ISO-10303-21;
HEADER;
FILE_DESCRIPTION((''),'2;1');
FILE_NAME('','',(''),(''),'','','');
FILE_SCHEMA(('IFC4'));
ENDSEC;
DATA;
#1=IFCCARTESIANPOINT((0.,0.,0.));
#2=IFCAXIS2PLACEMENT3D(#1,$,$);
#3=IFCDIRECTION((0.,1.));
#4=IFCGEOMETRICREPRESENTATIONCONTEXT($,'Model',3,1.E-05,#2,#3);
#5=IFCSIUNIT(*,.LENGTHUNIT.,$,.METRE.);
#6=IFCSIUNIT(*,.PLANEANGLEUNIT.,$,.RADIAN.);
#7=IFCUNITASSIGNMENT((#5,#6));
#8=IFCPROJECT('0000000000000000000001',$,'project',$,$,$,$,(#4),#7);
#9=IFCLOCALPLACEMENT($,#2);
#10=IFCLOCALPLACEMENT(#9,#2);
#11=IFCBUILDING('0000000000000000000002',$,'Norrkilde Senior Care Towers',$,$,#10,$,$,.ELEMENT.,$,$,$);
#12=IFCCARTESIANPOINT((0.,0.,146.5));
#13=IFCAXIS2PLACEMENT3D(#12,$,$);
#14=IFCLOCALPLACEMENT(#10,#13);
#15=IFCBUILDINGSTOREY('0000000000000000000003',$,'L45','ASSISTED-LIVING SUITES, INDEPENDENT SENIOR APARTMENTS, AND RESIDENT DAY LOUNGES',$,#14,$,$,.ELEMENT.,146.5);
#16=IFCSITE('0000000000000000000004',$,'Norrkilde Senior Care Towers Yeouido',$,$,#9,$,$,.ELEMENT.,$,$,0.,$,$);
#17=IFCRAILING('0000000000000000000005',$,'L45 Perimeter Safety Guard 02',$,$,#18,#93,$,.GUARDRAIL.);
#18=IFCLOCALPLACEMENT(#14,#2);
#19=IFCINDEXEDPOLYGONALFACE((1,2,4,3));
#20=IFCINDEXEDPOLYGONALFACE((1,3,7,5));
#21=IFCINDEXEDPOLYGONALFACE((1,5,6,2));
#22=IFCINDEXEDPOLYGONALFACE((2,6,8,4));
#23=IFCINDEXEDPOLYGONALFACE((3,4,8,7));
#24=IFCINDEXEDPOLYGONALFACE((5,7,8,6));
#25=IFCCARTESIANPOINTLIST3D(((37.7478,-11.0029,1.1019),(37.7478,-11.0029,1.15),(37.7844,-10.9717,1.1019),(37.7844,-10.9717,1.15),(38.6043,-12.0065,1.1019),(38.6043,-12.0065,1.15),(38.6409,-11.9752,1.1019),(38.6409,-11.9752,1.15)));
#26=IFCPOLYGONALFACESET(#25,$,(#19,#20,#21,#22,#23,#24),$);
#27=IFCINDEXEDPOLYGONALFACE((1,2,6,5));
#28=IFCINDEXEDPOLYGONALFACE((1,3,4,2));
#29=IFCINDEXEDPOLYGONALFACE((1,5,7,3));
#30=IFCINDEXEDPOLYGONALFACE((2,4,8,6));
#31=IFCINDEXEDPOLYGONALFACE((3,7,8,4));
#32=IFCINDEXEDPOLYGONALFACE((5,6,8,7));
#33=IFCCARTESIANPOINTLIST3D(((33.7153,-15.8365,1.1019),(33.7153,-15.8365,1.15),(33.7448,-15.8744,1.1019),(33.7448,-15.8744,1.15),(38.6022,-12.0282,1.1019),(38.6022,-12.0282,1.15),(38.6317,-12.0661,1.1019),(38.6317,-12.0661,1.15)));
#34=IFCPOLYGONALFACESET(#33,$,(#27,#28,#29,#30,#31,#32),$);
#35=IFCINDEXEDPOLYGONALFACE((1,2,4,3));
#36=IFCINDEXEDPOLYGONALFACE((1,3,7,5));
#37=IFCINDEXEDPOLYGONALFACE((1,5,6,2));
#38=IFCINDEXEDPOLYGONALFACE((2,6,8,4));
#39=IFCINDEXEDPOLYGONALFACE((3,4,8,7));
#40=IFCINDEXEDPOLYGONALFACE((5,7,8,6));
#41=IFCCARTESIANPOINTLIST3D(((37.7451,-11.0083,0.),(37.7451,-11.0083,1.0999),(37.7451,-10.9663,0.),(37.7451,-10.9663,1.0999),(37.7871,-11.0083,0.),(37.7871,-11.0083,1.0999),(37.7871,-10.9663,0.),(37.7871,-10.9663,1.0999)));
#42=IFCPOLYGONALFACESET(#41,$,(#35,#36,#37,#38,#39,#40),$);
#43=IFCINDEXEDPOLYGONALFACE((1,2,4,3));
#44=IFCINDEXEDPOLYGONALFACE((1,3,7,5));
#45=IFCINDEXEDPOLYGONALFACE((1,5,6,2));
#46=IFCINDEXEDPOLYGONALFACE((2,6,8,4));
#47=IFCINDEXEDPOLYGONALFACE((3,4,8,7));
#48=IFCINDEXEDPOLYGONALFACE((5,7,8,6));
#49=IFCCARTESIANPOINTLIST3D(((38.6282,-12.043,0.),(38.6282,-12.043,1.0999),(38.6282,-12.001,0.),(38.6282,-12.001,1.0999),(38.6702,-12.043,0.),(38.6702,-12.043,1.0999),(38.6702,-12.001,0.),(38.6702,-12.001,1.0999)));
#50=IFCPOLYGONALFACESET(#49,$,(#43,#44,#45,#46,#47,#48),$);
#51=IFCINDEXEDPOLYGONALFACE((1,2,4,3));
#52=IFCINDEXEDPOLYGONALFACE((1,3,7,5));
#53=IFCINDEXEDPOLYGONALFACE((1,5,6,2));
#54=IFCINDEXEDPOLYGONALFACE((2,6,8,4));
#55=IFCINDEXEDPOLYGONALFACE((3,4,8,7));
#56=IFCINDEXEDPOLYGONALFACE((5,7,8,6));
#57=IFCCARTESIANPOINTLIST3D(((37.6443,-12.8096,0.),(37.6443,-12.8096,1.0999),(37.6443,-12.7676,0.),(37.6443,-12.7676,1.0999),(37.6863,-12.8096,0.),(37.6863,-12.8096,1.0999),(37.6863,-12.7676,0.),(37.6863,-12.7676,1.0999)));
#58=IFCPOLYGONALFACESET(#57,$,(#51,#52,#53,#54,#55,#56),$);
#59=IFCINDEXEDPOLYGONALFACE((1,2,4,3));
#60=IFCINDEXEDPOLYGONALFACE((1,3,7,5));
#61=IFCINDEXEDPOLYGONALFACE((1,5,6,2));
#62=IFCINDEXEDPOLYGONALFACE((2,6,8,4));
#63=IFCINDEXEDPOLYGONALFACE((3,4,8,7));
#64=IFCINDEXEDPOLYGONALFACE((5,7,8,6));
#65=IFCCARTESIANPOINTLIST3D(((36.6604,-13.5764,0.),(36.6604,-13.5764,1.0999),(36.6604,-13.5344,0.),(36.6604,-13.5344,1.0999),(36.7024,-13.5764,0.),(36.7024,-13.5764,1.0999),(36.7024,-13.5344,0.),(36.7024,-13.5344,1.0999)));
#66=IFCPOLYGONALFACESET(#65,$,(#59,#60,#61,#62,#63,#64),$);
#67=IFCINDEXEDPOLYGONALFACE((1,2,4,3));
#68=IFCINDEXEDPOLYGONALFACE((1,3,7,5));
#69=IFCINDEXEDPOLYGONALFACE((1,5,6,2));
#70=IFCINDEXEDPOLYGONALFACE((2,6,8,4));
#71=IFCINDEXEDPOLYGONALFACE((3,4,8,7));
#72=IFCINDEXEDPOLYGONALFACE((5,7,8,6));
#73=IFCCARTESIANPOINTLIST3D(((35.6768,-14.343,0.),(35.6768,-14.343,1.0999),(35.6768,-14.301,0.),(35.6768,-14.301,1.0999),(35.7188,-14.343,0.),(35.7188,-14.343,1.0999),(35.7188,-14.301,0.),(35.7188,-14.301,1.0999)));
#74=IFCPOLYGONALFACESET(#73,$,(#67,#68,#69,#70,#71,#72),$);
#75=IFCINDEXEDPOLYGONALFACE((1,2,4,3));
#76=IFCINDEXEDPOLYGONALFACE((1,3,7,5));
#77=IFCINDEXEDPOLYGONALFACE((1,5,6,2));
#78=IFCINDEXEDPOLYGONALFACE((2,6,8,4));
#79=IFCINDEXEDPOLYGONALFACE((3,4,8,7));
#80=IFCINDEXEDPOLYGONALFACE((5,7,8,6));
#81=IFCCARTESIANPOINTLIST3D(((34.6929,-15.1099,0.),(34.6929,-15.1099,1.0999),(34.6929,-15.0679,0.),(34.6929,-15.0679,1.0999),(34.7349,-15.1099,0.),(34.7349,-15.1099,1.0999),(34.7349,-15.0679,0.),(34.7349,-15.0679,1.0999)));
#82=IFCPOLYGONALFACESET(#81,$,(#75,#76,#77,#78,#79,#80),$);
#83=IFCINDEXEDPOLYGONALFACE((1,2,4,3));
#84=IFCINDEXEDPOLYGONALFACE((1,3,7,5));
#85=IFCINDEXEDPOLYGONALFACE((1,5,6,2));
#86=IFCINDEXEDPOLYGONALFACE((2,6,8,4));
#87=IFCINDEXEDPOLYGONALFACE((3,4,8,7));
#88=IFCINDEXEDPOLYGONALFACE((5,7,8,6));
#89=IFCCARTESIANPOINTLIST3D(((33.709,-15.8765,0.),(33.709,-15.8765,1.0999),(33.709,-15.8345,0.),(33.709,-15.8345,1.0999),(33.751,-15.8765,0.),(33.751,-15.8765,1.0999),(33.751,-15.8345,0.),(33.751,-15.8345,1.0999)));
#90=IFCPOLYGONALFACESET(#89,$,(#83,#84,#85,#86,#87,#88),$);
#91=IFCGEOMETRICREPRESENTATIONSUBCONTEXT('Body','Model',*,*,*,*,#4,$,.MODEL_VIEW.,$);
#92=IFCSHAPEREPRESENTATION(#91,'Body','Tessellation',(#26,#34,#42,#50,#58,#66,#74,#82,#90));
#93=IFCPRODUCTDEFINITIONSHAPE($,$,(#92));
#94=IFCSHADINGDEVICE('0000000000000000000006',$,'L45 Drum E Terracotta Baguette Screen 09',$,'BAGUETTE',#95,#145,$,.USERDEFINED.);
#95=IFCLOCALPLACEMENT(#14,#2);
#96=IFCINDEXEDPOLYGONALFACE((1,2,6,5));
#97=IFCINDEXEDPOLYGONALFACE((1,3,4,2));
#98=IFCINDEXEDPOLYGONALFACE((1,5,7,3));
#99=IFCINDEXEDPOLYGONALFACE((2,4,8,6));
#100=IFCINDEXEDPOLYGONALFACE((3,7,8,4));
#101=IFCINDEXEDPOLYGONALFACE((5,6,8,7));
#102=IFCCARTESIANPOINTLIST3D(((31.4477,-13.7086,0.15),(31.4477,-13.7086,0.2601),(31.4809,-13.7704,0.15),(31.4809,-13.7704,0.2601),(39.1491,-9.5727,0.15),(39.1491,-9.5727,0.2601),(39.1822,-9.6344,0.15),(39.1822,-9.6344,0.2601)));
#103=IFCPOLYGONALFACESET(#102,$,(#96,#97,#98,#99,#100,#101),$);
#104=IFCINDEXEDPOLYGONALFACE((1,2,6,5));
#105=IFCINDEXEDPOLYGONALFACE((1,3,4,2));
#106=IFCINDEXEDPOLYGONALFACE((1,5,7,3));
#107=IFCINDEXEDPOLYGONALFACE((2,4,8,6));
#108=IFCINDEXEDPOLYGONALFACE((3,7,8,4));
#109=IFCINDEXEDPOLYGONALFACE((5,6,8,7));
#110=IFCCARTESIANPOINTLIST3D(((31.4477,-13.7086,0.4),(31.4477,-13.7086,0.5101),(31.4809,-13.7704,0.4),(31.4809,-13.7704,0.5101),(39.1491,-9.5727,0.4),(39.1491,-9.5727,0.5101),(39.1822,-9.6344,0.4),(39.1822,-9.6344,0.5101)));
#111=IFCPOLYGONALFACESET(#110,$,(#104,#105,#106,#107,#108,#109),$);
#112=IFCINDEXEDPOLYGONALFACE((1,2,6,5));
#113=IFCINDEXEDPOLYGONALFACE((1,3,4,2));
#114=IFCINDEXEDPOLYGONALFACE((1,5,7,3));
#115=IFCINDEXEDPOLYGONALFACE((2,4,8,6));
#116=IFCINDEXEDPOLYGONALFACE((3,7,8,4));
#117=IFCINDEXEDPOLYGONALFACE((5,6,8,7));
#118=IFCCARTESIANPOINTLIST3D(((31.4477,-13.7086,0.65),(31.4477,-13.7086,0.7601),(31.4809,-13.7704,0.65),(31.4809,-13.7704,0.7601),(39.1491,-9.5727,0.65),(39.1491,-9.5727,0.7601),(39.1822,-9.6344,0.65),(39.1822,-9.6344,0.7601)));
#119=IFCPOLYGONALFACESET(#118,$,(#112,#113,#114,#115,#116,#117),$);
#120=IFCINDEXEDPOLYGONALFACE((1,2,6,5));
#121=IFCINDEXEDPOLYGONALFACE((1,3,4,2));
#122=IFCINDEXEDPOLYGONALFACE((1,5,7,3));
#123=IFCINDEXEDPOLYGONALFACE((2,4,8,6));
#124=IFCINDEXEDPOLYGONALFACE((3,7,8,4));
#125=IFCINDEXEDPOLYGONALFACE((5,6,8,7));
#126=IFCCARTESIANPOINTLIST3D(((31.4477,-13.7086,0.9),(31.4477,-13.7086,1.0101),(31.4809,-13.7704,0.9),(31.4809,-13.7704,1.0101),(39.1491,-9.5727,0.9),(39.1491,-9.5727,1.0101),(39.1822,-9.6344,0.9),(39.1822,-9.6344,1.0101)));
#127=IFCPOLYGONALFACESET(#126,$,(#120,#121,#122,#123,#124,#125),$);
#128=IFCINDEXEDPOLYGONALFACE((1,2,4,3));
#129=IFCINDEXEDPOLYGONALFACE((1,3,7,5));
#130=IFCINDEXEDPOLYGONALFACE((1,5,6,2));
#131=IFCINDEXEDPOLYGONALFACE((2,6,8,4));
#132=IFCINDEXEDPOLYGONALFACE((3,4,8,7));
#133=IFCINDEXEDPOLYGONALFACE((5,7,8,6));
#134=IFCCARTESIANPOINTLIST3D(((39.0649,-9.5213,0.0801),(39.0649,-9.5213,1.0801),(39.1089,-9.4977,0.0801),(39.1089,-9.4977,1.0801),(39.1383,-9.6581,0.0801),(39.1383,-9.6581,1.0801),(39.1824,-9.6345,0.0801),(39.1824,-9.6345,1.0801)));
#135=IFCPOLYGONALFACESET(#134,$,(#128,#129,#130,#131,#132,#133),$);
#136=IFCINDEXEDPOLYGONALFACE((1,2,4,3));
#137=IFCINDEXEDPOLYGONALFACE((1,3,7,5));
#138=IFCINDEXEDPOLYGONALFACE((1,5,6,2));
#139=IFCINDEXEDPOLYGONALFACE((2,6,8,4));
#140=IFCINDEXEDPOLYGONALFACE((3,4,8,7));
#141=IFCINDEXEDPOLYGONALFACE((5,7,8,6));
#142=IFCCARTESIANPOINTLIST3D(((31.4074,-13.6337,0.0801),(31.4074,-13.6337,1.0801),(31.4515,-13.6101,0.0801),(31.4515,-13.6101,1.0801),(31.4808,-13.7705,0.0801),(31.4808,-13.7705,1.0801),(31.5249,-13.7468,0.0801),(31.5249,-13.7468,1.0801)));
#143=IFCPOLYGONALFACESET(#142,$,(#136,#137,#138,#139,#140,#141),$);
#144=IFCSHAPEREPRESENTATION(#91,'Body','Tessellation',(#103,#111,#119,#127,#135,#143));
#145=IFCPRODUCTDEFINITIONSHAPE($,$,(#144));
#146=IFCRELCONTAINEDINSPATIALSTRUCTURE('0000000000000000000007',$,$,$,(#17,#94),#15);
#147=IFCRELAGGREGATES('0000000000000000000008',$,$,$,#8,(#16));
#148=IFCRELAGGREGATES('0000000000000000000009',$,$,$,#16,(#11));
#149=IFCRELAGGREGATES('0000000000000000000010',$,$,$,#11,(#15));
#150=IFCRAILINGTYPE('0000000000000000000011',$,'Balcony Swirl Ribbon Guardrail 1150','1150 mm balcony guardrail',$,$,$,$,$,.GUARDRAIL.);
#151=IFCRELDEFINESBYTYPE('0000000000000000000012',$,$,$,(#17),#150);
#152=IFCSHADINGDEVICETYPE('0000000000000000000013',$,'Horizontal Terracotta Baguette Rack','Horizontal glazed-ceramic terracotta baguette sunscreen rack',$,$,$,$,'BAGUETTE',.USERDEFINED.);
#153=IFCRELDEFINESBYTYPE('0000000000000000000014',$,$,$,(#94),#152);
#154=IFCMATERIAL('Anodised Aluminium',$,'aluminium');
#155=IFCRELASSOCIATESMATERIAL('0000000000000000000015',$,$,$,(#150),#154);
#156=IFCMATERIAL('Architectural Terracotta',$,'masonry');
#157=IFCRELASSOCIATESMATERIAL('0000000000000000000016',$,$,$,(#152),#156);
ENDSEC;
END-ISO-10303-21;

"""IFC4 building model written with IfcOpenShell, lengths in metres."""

from ifc_helpers import new_model, si_unit, direction, frame, origin, origin_2d, place, context, subcontext, project, spatial, rectangle, extrude, source, transform, mapped, material, type_object, type_shapes, element, save


model = new_model("IFC4")

# Units and contexts
model_context = context("Model", 3, precision=1e-05, world=origin(), true_north=direction((0.0, 1.0)))
body_context = subcontext(model_context, "Body", "Model", "MODEL_VIEW")
ifc_project = project(units=[si_unit("LENGTHUNIT", "METRE"), si_unit("PLANEANGLEUNIT", "RADIAN")], contexts=[model_context])

# Site, building, storey
site_placement = place(None, origin())
site = spatial("IfcSite", under=ifc_project, at=site_placement, Name="Norrkilde Senior Care Towers Yeouido", CompositionType="ELEMENT", RefElevation=0.0)
building_placement = place(site_placement, origin())
building = spatial("IfcBuilding", under=site, at=building_placement, Name="Norrkilde Senior Care Towers", CompositionType="ELEMENT")
storey_placement = place(building_placement, frame((0.0, 0.0, 146.5)))
storey = spatial("IfcBuildingStorey", under=building, at=storey_placement, Name="L45", Description="ASSISTED-LIVING SUITES, INDEPENDENT SENIOR APARTMENTS, AND RESIDENT DAY LOUNGES", CompositionType="ELEMENT", Elevation=146.5)

# Shared definitions
ifc_material_1 = material(Name="Anodised Aluminium", Category="aluminium")

# Railing
railing_type = type_object("IfcRailingType", Name="Balcony Swirl Ribbon Guardrail 1150", Description="1150 mm balcony guardrail", PredefinedType="GUARDRAIL", material=ifc_material_1)
railing_placement = place(storey_placement, frame((37.7661, -10.9873, 0.0)))
element("IfcRailing", 1, at=railing_placement, inside=storey, type_object=railing_type, Name="L45 Perimeter Safety Guard 02", PredefinedType="GUARDRAIL", context=body_context, shape_type="SweptSolid", body=[
    extrude(rectangle(XDim=0.0481, YDim=0.0481, at=origin_2d()), frame((0.0, 0.0, 1.126), z_axis=(0.649179, -0.760636, 0.0), x_axis=(0.760636, 0.649179, 0.0)), (0.0, 0.0, 1.0), 1.3193),
    extrude(rectangle(XDim=0.0481, YDim=0.0481, at=origin_2d()), frame((0.8508, -1.0598, 1.126), z_axis=(-0.788772, -0.614686, 0.0), x_axis=(0.614686, -0.788772, 0.0)), (0.0, 0.0, 1.0), 6.1956),
    extrude(rectangle(XDim=0.042, YDim=0.042, at=origin_2d()), origin(), (0.0, 0.0, 1.0), 1.0999),
    extrude(rectangle(XDim=0.042, YDim=0.042, at=origin_2d()), frame((0.8831, -1.0347, 0.0)), (0.0, 0.0, 1.0), 1.0999),
    extrude(rectangle(XDim=0.042, YDim=0.042, at=origin_2d()), frame((-0.1008, -1.8013, 0.0)), (0.0, 0.0, 1.0), 1.0999),
    extrude(rectangle(XDim=0.042, YDim=0.042, at=origin_2d()), frame((-1.0847, -2.5681, 0.0)), (0.0, 0.0, 1.0), 1.0999),
    extrude(rectangle(XDim=0.042, YDim=0.042, at=origin_2d()), frame((-2.0684, -3.3347, 0.0)), (0.0, 0.0, 1.0), 1.0999),
    extrude(rectangle(XDim=0.042, YDim=0.042, at=origin_2d()), frame((-3.0522, -4.1016, 0.0)), (0.0, 0.0, 1.0), 1.0999),
    extrude(rectangle(XDim=0.042, YDim=0.042, at=origin_2d()), frame((-4.0361, -4.8682, 0.0)), (0.0, 0.0, 1.0), 1.0999),
])

# Shading device
ifc_material_2 = material(Name="Architectural Terracotta", Category="masonry")
shading_device_type = type_object("IfcShadingDeviceType", Name="Horizontal Terracotta Baguette Rack", Description="Horizontal glazed-ceramic terracotta baguette sunscreen rack", ElementType="BAGUETTE", PredefinedType="USERDEFINED", material=ifc_material_2)
shared_shape_1 = source(origin(), body_context, "Body", "SweptSolid", [
    extrude(rectangle(XDim=0.0701, YDim=0.1101, at=origin_2d()), frame((0.0, 0.0901, 0.125), z_axis=(1.0, 0.0, 0.0), x_axis=(0.0, 1.0, 0.0)), (0.0, 0.0, 1.0), 8.7417),
    extrude(rectangle(XDim=0.0701, YDim=0.1101, at=origin_2d()), frame((0.0, 0.0901, 0.375), z_axis=(1.0, 0.0, 0.0), x_axis=(0.0, 1.0, 0.0)), (0.0, 0.0, 1.0), 8.7417),
    extrude(rectangle(XDim=0.0701, YDim=0.1101, at=origin_2d()), frame((0.0, 0.0901, 0.625), z_axis=(1.0, 0.0, 0.0), x_axis=(0.0, 1.0, 0.0)), (0.0, 0.0, 1.0), 8.7417),
    extrude(rectangle(XDim=0.0701, YDim=0.1101, at=origin_2d()), frame((0.0, 0.0901, 0.875), z_axis=(1.0, 0.0, 0.0), x_axis=(0.0, 1.0, 0.0)), (0.0, 0.0, 1.0), 8.7417),
    extrude(rectangle(XDim=0.05, YDim=0.1553, at=origin_2d()), frame((0.0249, 0.0476, 0.0)), (0.0, 0.0, 1.0), 1.0),
    extrude(rectangle(XDim=0.05, YDim=0.1553, at=origin_2d()), frame((8.7168, 0.0476, 0.0)), (0.0, 0.0, 1.0), 1.0),
])
type_shapes(shading_device_type, [shared_shape_1])
shading_device_placement = place(storey_placement, frame((39.123, -9.5242, 0.0801), z_axis=(0.0, 0.0, 1.0), x_axis=(-0.880998, -0.473133, 0.0)))
element("IfcShadingDevice", 2, at=shading_device_placement, inside=storey, type_object=shading_device_type, Name="L45 Drum E Terracotta Baguette Screen 09", ObjectType="BAGUETTE", PredefinedType="USERDEFINED", context=body_context, shape_type="MappedRepresentation", body=[
    mapped(shared_shape_1, transform((0.0, 0.0, 0.0), x_axis=(1.0, 0.0, 0.0), y_axis=(0.0, 1.0, 0.0), z_axis=(0.0, 0.0, 1.0), scale=1.0)),
])

save(model, "model.ifc")
